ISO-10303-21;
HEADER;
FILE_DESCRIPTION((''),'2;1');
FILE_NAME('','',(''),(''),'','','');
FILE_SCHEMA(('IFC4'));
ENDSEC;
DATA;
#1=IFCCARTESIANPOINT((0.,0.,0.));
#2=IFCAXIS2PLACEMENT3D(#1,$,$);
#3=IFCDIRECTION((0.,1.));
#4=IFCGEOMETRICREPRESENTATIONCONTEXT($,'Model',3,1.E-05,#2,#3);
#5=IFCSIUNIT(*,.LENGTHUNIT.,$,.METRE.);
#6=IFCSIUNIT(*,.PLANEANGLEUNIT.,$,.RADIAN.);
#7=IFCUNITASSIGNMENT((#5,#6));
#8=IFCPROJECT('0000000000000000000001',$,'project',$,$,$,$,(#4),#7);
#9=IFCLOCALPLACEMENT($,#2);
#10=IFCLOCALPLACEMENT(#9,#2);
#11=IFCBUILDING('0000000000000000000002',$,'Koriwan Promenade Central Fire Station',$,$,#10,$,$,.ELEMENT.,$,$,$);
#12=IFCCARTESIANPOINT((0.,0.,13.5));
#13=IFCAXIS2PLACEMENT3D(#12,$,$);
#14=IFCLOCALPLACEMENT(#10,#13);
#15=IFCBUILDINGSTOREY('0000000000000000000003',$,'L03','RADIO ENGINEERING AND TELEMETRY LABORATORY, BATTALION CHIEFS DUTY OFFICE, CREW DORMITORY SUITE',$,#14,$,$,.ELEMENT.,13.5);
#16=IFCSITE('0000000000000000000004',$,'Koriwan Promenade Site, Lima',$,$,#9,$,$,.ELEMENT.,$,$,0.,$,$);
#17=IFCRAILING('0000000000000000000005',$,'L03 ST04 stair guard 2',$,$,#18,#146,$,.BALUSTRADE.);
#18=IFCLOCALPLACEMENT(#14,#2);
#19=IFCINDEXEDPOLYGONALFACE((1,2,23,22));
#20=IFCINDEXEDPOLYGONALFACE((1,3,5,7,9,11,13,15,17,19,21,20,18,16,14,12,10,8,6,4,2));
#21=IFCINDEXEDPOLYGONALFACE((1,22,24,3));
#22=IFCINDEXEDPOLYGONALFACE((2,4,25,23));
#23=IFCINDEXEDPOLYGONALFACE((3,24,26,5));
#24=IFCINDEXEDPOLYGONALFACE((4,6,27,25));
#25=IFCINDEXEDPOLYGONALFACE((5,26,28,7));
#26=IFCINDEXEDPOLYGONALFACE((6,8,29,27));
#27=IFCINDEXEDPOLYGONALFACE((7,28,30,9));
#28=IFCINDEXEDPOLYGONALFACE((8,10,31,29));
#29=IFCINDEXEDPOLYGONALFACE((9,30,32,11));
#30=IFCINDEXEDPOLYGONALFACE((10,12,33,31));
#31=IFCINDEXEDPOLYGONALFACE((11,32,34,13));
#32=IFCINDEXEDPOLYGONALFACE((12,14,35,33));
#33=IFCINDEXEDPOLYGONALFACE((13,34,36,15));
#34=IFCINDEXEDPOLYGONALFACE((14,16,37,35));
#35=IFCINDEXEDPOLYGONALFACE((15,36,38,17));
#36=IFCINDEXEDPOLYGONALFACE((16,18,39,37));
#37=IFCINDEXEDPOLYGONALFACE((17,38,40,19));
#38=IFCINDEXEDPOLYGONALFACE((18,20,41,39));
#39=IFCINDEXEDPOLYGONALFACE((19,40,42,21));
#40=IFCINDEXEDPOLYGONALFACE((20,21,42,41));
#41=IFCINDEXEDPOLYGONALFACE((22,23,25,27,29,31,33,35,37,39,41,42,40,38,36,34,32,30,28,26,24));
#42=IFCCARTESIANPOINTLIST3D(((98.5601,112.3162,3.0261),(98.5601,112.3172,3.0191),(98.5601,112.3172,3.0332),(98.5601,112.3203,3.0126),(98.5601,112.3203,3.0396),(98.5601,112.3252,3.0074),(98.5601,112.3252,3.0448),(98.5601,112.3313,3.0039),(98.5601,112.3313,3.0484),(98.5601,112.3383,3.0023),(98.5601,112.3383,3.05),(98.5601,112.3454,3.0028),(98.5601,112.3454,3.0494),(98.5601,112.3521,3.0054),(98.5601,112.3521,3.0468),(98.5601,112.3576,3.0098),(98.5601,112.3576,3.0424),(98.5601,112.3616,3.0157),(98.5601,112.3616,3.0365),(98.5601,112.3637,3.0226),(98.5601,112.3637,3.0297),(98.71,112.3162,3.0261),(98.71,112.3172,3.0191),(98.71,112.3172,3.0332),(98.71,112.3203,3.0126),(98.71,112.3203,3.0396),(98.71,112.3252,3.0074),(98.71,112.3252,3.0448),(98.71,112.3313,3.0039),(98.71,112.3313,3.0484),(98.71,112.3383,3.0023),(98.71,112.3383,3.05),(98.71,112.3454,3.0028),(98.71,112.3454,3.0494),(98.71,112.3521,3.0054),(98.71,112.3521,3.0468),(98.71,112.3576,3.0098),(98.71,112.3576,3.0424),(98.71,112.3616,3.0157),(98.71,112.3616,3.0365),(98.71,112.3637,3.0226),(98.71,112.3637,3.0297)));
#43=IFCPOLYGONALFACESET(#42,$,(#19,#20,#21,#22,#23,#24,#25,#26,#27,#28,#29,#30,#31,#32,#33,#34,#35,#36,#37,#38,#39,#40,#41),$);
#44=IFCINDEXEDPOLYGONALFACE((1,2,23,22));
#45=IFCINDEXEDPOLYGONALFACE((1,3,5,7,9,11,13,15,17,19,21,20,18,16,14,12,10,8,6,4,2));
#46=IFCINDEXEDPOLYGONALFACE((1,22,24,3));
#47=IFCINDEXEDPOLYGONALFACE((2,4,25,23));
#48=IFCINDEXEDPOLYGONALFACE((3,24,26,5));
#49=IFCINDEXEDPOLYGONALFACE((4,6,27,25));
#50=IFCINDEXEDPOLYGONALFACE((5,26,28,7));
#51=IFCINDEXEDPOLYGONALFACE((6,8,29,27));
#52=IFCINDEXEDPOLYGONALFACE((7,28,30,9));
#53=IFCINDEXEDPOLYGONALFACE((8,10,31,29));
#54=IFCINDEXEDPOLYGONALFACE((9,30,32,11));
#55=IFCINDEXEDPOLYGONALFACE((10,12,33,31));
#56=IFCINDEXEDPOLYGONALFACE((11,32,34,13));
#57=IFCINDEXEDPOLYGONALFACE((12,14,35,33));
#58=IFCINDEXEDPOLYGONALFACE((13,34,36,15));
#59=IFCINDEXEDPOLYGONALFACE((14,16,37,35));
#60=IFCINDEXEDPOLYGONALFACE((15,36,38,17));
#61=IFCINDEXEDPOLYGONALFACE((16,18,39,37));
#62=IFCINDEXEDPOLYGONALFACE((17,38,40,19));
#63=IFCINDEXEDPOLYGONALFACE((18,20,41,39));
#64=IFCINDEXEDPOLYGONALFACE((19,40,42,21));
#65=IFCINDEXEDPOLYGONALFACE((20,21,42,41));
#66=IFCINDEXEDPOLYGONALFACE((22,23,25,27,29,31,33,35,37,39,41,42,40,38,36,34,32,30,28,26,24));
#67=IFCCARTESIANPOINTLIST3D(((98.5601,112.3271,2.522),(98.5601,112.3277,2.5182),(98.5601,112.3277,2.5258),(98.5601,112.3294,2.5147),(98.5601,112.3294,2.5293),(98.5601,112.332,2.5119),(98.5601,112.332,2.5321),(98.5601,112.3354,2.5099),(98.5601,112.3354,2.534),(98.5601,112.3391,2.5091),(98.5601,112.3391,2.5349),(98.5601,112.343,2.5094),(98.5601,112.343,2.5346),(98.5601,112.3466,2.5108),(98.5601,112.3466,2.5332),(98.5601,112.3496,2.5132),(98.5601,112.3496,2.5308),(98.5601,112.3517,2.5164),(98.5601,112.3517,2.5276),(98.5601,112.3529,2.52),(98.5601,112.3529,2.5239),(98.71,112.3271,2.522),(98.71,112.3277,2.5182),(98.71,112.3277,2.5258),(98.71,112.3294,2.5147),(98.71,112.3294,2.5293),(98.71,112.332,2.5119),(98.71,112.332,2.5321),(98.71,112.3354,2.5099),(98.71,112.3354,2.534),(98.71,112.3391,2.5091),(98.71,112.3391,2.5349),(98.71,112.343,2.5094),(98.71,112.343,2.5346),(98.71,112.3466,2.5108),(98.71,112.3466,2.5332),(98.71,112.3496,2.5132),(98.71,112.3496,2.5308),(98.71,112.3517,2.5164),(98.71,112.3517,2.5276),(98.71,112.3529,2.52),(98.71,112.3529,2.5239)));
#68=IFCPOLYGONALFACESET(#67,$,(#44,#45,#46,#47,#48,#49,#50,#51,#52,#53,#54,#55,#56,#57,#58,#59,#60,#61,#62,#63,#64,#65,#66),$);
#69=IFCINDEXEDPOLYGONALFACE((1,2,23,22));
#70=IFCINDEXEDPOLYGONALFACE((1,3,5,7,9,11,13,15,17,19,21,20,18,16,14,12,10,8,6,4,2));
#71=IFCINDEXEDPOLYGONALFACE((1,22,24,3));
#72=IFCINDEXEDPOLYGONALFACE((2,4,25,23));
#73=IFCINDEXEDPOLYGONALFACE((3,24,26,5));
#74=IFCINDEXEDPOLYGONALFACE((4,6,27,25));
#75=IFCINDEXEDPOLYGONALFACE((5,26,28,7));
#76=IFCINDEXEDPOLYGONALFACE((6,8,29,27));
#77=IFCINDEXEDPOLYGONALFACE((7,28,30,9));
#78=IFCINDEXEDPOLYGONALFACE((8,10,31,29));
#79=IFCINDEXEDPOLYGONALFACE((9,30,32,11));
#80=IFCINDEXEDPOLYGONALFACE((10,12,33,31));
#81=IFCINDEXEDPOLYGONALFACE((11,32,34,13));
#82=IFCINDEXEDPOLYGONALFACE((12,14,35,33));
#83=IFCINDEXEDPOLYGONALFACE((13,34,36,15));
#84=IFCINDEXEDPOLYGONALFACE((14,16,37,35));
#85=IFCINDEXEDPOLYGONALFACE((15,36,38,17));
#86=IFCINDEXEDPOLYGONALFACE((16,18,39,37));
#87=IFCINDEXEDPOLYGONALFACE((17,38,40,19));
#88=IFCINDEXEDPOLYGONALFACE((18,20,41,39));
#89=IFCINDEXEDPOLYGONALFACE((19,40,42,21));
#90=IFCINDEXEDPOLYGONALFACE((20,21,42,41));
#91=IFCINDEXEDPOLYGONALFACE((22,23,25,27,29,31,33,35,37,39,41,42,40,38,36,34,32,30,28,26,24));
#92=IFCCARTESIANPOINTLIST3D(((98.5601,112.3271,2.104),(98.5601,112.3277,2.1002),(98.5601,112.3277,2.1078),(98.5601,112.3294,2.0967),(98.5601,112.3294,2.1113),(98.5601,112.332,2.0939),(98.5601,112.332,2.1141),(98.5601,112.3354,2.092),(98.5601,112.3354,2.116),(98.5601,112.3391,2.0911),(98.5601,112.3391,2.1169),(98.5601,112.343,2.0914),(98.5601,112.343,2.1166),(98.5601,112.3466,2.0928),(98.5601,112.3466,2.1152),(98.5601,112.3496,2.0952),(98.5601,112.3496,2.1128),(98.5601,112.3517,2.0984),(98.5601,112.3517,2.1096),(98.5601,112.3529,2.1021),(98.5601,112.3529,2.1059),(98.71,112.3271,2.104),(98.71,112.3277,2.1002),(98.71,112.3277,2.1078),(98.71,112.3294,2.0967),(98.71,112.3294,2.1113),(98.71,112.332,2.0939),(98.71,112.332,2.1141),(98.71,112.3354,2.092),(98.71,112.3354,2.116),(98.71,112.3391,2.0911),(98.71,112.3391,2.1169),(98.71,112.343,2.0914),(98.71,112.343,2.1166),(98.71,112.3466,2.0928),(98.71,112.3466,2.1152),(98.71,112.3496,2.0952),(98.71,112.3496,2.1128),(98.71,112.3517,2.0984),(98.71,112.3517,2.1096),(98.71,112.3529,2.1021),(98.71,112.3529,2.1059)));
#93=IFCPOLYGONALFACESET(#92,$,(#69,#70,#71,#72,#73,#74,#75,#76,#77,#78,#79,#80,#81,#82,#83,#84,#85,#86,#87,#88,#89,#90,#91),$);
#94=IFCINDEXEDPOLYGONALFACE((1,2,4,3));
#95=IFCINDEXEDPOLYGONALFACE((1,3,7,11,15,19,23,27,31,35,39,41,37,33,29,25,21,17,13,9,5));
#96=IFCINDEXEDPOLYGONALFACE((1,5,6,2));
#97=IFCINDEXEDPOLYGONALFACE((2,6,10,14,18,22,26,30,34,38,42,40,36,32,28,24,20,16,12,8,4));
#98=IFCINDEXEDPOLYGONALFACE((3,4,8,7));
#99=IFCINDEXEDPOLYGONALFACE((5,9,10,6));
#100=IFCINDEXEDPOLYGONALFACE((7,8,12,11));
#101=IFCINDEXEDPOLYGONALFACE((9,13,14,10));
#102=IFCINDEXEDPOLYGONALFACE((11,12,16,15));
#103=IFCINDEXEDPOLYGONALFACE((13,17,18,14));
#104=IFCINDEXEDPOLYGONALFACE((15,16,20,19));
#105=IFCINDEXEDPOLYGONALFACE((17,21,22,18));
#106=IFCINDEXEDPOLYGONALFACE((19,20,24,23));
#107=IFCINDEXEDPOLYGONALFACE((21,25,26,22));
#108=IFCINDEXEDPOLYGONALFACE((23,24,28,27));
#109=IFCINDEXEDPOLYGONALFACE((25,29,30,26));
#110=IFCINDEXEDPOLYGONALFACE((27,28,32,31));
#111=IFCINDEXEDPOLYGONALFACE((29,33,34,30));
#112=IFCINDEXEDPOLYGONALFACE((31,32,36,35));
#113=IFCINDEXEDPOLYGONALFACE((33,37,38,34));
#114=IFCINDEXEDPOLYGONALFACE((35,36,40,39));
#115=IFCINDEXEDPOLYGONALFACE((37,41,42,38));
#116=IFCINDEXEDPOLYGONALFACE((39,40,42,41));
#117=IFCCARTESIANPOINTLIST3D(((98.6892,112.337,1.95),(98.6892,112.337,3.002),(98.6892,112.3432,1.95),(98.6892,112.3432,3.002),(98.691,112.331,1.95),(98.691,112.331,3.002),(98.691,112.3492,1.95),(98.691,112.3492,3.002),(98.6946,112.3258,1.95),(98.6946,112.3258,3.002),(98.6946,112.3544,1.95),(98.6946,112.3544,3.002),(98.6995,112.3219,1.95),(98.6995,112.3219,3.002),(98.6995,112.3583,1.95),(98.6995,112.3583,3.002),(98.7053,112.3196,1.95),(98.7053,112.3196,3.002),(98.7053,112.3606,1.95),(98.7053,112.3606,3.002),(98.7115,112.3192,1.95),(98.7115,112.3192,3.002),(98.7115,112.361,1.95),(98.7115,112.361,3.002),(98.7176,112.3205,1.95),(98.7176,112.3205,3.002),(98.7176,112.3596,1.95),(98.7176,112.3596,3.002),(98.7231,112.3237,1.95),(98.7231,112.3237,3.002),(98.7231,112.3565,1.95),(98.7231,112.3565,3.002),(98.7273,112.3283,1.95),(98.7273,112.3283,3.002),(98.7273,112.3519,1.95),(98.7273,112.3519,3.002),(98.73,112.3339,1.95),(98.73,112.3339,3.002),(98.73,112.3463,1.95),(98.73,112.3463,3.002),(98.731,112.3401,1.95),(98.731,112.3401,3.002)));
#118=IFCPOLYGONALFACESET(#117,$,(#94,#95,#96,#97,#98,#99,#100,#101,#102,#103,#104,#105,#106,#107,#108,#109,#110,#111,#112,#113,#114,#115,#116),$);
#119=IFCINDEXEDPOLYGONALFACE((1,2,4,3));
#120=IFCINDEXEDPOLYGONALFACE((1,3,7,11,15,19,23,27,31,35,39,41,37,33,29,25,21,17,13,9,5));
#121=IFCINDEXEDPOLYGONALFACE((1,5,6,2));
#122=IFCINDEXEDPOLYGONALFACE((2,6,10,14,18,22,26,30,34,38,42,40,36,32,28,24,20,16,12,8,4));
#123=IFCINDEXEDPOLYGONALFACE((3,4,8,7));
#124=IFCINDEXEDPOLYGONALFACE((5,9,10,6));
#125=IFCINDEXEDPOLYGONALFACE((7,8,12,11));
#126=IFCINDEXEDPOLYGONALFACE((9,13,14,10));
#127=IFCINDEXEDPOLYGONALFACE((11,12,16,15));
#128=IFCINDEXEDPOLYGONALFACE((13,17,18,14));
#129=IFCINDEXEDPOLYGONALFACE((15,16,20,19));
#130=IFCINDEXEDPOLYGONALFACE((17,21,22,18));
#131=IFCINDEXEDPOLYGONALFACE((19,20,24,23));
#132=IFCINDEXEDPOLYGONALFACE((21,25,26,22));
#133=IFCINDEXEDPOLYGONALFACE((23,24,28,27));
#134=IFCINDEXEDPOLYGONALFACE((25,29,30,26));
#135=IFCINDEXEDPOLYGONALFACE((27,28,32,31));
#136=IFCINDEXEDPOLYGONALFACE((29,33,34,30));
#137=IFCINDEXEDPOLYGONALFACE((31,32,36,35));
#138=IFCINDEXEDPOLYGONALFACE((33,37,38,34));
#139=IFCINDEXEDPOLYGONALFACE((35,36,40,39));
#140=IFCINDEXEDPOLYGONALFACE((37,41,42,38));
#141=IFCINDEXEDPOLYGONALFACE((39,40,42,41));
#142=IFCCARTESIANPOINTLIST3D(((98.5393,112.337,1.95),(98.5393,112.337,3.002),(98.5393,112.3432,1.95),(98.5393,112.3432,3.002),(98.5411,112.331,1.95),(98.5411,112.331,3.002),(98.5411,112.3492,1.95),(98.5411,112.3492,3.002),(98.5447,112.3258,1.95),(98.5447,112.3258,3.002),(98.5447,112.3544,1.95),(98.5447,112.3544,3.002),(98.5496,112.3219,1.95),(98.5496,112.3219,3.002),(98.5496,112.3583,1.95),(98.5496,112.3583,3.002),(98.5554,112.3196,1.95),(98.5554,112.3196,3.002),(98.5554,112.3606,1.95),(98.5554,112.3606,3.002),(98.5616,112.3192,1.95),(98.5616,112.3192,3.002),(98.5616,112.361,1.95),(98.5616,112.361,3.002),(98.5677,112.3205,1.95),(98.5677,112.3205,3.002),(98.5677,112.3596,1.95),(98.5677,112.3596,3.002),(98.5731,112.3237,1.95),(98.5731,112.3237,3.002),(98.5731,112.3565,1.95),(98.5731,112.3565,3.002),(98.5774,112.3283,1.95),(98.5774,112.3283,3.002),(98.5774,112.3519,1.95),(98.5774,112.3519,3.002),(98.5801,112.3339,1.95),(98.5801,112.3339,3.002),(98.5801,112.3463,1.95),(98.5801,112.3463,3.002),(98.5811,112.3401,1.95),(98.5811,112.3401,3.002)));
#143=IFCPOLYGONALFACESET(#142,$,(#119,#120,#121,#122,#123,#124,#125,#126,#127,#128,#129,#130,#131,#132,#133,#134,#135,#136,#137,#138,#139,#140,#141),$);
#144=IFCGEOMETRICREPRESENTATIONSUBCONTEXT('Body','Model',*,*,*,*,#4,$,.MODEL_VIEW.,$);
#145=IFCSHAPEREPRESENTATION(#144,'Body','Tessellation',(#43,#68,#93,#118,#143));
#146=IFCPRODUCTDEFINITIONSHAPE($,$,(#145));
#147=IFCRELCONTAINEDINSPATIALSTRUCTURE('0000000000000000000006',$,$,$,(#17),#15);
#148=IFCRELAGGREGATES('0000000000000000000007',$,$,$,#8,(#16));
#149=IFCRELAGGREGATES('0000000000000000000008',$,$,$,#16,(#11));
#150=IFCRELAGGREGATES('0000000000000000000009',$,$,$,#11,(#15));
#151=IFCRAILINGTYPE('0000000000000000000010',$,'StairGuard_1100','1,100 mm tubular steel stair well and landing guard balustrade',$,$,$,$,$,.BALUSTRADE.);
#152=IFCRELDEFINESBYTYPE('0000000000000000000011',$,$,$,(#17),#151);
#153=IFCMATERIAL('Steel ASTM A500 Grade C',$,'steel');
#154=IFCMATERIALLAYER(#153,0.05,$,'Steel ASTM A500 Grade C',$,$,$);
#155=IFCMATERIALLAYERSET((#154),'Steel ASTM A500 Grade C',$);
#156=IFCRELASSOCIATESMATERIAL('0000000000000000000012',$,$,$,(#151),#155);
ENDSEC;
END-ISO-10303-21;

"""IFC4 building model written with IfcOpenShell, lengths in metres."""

from ifc_helpers import new_model, si_unit, direction, frame, origin, origin_2d, place, context, subcontext, project, spatial, circle, extrude, material, layer, layer_set, type_object, element, save


model = new_model("IFC4")

# Units and contexts
model_context = context("Model", 3, precision=1e-05, world=origin(), true_north=direction((0.0, 1.0)))
body_context = subcontext(model_context, "Body", "Model", "MODEL_VIEW")
ifc_project = project(units=[si_unit("LENGTHUNIT", "METRE"), si_unit("PLANEANGLEUNIT", "RADIAN")], contexts=[model_context])

# Site, building, storey
site_placement = place(None, origin())
site = spatial("IfcSite", under=ifc_project, at=site_placement, Name="Koriwan Promenade Site, Lima", CompositionType="ELEMENT", RefElevation=0.0)
building_placement = place(site_placement, origin())
building = spatial("IfcBuilding", under=site, at=building_placement, Name="Koriwan Promenade Central Fire Station", CompositionType="ELEMENT")
storey_placement = place(building_placement, frame((0.0, 0.0, 13.5)))
storey = spatial("IfcBuildingStorey", under=building, at=storey_placement, Name="L03", Description="RADIO ENGINEERING AND TELEMETRY LABORATORY, BATTALION CHIEFS DUTY OFFICE, CREW DORMITORY SUITE", CompositionType="ELEMENT", Elevation=13.5)

# Railing
ifc_material_1 = material(Name="Steel ASTM A500 Grade C", Category="steel")
ifc_layer_1 = layer(ifc_material_1, 0.05, Name="Steel ASTM A500 Grade C")
ifc_layer_set_1 = layer_set([ifc_layer_1], Name="Steel ASTM A500 Grade C")
railing_type_1 = type_object("IfcRailingType", Name="StairGuard_1100", Description="1,100 mm tubular steel stair well and landing guard balustrade", PredefinedType="BALUSTRADE", material=ifc_layer_set_1)
railing_1_placement = place(storey_placement, frame((98.71, 112.3401, 1.95)))
element("IfcRailing", 1, at=railing_1_placement, inside=storey, type_object=railing_type_1, Name="L03 ST04 stair guard 2", PredefinedType="BALUSTRADE", context=body_context, shape_type="SweptSolid", body=[
    extrude(circle(Radius=0.0239, at=origin_2d()), frame((0.0, 0.0, 1.0762), z_axis=(-1.0, 0.0, 0.0), x_axis=(0.0, -1.0, 0.0)), (0.0, 0.0, 1.0), 0.1499),
    extrude(circle(Radius=0.0129, at=origin_2d()), frame((0.0, 0.0, 0.572), z_axis=(-1.0, 0.0, 0.0), x_axis=(0.0, -1.0, 0.0)), (0.0, 0.0, 1.0), 0.1499),
    extrude(circle(Radius=0.0129, at=origin_2d()), frame((0.0, 0.0, 0.1541), z_axis=(-1.0, 0.0, 0.0), x_axis=(0.0, -1.0, 0.0)), (0.0, 0.0, 1.0), 0.1499),
    extrude(circle(Radius=0.021, at=origin_2d()), origin(), (0.0, 0.0, 1.0), 1.052),
    extrude(circle(Radius=0.021, at=origin_2d()), frame((-0.1499, 0.0, 0.0)), (0.0, 0.0, 1.0), 1.052),
])

save(model, "model.ifc")
